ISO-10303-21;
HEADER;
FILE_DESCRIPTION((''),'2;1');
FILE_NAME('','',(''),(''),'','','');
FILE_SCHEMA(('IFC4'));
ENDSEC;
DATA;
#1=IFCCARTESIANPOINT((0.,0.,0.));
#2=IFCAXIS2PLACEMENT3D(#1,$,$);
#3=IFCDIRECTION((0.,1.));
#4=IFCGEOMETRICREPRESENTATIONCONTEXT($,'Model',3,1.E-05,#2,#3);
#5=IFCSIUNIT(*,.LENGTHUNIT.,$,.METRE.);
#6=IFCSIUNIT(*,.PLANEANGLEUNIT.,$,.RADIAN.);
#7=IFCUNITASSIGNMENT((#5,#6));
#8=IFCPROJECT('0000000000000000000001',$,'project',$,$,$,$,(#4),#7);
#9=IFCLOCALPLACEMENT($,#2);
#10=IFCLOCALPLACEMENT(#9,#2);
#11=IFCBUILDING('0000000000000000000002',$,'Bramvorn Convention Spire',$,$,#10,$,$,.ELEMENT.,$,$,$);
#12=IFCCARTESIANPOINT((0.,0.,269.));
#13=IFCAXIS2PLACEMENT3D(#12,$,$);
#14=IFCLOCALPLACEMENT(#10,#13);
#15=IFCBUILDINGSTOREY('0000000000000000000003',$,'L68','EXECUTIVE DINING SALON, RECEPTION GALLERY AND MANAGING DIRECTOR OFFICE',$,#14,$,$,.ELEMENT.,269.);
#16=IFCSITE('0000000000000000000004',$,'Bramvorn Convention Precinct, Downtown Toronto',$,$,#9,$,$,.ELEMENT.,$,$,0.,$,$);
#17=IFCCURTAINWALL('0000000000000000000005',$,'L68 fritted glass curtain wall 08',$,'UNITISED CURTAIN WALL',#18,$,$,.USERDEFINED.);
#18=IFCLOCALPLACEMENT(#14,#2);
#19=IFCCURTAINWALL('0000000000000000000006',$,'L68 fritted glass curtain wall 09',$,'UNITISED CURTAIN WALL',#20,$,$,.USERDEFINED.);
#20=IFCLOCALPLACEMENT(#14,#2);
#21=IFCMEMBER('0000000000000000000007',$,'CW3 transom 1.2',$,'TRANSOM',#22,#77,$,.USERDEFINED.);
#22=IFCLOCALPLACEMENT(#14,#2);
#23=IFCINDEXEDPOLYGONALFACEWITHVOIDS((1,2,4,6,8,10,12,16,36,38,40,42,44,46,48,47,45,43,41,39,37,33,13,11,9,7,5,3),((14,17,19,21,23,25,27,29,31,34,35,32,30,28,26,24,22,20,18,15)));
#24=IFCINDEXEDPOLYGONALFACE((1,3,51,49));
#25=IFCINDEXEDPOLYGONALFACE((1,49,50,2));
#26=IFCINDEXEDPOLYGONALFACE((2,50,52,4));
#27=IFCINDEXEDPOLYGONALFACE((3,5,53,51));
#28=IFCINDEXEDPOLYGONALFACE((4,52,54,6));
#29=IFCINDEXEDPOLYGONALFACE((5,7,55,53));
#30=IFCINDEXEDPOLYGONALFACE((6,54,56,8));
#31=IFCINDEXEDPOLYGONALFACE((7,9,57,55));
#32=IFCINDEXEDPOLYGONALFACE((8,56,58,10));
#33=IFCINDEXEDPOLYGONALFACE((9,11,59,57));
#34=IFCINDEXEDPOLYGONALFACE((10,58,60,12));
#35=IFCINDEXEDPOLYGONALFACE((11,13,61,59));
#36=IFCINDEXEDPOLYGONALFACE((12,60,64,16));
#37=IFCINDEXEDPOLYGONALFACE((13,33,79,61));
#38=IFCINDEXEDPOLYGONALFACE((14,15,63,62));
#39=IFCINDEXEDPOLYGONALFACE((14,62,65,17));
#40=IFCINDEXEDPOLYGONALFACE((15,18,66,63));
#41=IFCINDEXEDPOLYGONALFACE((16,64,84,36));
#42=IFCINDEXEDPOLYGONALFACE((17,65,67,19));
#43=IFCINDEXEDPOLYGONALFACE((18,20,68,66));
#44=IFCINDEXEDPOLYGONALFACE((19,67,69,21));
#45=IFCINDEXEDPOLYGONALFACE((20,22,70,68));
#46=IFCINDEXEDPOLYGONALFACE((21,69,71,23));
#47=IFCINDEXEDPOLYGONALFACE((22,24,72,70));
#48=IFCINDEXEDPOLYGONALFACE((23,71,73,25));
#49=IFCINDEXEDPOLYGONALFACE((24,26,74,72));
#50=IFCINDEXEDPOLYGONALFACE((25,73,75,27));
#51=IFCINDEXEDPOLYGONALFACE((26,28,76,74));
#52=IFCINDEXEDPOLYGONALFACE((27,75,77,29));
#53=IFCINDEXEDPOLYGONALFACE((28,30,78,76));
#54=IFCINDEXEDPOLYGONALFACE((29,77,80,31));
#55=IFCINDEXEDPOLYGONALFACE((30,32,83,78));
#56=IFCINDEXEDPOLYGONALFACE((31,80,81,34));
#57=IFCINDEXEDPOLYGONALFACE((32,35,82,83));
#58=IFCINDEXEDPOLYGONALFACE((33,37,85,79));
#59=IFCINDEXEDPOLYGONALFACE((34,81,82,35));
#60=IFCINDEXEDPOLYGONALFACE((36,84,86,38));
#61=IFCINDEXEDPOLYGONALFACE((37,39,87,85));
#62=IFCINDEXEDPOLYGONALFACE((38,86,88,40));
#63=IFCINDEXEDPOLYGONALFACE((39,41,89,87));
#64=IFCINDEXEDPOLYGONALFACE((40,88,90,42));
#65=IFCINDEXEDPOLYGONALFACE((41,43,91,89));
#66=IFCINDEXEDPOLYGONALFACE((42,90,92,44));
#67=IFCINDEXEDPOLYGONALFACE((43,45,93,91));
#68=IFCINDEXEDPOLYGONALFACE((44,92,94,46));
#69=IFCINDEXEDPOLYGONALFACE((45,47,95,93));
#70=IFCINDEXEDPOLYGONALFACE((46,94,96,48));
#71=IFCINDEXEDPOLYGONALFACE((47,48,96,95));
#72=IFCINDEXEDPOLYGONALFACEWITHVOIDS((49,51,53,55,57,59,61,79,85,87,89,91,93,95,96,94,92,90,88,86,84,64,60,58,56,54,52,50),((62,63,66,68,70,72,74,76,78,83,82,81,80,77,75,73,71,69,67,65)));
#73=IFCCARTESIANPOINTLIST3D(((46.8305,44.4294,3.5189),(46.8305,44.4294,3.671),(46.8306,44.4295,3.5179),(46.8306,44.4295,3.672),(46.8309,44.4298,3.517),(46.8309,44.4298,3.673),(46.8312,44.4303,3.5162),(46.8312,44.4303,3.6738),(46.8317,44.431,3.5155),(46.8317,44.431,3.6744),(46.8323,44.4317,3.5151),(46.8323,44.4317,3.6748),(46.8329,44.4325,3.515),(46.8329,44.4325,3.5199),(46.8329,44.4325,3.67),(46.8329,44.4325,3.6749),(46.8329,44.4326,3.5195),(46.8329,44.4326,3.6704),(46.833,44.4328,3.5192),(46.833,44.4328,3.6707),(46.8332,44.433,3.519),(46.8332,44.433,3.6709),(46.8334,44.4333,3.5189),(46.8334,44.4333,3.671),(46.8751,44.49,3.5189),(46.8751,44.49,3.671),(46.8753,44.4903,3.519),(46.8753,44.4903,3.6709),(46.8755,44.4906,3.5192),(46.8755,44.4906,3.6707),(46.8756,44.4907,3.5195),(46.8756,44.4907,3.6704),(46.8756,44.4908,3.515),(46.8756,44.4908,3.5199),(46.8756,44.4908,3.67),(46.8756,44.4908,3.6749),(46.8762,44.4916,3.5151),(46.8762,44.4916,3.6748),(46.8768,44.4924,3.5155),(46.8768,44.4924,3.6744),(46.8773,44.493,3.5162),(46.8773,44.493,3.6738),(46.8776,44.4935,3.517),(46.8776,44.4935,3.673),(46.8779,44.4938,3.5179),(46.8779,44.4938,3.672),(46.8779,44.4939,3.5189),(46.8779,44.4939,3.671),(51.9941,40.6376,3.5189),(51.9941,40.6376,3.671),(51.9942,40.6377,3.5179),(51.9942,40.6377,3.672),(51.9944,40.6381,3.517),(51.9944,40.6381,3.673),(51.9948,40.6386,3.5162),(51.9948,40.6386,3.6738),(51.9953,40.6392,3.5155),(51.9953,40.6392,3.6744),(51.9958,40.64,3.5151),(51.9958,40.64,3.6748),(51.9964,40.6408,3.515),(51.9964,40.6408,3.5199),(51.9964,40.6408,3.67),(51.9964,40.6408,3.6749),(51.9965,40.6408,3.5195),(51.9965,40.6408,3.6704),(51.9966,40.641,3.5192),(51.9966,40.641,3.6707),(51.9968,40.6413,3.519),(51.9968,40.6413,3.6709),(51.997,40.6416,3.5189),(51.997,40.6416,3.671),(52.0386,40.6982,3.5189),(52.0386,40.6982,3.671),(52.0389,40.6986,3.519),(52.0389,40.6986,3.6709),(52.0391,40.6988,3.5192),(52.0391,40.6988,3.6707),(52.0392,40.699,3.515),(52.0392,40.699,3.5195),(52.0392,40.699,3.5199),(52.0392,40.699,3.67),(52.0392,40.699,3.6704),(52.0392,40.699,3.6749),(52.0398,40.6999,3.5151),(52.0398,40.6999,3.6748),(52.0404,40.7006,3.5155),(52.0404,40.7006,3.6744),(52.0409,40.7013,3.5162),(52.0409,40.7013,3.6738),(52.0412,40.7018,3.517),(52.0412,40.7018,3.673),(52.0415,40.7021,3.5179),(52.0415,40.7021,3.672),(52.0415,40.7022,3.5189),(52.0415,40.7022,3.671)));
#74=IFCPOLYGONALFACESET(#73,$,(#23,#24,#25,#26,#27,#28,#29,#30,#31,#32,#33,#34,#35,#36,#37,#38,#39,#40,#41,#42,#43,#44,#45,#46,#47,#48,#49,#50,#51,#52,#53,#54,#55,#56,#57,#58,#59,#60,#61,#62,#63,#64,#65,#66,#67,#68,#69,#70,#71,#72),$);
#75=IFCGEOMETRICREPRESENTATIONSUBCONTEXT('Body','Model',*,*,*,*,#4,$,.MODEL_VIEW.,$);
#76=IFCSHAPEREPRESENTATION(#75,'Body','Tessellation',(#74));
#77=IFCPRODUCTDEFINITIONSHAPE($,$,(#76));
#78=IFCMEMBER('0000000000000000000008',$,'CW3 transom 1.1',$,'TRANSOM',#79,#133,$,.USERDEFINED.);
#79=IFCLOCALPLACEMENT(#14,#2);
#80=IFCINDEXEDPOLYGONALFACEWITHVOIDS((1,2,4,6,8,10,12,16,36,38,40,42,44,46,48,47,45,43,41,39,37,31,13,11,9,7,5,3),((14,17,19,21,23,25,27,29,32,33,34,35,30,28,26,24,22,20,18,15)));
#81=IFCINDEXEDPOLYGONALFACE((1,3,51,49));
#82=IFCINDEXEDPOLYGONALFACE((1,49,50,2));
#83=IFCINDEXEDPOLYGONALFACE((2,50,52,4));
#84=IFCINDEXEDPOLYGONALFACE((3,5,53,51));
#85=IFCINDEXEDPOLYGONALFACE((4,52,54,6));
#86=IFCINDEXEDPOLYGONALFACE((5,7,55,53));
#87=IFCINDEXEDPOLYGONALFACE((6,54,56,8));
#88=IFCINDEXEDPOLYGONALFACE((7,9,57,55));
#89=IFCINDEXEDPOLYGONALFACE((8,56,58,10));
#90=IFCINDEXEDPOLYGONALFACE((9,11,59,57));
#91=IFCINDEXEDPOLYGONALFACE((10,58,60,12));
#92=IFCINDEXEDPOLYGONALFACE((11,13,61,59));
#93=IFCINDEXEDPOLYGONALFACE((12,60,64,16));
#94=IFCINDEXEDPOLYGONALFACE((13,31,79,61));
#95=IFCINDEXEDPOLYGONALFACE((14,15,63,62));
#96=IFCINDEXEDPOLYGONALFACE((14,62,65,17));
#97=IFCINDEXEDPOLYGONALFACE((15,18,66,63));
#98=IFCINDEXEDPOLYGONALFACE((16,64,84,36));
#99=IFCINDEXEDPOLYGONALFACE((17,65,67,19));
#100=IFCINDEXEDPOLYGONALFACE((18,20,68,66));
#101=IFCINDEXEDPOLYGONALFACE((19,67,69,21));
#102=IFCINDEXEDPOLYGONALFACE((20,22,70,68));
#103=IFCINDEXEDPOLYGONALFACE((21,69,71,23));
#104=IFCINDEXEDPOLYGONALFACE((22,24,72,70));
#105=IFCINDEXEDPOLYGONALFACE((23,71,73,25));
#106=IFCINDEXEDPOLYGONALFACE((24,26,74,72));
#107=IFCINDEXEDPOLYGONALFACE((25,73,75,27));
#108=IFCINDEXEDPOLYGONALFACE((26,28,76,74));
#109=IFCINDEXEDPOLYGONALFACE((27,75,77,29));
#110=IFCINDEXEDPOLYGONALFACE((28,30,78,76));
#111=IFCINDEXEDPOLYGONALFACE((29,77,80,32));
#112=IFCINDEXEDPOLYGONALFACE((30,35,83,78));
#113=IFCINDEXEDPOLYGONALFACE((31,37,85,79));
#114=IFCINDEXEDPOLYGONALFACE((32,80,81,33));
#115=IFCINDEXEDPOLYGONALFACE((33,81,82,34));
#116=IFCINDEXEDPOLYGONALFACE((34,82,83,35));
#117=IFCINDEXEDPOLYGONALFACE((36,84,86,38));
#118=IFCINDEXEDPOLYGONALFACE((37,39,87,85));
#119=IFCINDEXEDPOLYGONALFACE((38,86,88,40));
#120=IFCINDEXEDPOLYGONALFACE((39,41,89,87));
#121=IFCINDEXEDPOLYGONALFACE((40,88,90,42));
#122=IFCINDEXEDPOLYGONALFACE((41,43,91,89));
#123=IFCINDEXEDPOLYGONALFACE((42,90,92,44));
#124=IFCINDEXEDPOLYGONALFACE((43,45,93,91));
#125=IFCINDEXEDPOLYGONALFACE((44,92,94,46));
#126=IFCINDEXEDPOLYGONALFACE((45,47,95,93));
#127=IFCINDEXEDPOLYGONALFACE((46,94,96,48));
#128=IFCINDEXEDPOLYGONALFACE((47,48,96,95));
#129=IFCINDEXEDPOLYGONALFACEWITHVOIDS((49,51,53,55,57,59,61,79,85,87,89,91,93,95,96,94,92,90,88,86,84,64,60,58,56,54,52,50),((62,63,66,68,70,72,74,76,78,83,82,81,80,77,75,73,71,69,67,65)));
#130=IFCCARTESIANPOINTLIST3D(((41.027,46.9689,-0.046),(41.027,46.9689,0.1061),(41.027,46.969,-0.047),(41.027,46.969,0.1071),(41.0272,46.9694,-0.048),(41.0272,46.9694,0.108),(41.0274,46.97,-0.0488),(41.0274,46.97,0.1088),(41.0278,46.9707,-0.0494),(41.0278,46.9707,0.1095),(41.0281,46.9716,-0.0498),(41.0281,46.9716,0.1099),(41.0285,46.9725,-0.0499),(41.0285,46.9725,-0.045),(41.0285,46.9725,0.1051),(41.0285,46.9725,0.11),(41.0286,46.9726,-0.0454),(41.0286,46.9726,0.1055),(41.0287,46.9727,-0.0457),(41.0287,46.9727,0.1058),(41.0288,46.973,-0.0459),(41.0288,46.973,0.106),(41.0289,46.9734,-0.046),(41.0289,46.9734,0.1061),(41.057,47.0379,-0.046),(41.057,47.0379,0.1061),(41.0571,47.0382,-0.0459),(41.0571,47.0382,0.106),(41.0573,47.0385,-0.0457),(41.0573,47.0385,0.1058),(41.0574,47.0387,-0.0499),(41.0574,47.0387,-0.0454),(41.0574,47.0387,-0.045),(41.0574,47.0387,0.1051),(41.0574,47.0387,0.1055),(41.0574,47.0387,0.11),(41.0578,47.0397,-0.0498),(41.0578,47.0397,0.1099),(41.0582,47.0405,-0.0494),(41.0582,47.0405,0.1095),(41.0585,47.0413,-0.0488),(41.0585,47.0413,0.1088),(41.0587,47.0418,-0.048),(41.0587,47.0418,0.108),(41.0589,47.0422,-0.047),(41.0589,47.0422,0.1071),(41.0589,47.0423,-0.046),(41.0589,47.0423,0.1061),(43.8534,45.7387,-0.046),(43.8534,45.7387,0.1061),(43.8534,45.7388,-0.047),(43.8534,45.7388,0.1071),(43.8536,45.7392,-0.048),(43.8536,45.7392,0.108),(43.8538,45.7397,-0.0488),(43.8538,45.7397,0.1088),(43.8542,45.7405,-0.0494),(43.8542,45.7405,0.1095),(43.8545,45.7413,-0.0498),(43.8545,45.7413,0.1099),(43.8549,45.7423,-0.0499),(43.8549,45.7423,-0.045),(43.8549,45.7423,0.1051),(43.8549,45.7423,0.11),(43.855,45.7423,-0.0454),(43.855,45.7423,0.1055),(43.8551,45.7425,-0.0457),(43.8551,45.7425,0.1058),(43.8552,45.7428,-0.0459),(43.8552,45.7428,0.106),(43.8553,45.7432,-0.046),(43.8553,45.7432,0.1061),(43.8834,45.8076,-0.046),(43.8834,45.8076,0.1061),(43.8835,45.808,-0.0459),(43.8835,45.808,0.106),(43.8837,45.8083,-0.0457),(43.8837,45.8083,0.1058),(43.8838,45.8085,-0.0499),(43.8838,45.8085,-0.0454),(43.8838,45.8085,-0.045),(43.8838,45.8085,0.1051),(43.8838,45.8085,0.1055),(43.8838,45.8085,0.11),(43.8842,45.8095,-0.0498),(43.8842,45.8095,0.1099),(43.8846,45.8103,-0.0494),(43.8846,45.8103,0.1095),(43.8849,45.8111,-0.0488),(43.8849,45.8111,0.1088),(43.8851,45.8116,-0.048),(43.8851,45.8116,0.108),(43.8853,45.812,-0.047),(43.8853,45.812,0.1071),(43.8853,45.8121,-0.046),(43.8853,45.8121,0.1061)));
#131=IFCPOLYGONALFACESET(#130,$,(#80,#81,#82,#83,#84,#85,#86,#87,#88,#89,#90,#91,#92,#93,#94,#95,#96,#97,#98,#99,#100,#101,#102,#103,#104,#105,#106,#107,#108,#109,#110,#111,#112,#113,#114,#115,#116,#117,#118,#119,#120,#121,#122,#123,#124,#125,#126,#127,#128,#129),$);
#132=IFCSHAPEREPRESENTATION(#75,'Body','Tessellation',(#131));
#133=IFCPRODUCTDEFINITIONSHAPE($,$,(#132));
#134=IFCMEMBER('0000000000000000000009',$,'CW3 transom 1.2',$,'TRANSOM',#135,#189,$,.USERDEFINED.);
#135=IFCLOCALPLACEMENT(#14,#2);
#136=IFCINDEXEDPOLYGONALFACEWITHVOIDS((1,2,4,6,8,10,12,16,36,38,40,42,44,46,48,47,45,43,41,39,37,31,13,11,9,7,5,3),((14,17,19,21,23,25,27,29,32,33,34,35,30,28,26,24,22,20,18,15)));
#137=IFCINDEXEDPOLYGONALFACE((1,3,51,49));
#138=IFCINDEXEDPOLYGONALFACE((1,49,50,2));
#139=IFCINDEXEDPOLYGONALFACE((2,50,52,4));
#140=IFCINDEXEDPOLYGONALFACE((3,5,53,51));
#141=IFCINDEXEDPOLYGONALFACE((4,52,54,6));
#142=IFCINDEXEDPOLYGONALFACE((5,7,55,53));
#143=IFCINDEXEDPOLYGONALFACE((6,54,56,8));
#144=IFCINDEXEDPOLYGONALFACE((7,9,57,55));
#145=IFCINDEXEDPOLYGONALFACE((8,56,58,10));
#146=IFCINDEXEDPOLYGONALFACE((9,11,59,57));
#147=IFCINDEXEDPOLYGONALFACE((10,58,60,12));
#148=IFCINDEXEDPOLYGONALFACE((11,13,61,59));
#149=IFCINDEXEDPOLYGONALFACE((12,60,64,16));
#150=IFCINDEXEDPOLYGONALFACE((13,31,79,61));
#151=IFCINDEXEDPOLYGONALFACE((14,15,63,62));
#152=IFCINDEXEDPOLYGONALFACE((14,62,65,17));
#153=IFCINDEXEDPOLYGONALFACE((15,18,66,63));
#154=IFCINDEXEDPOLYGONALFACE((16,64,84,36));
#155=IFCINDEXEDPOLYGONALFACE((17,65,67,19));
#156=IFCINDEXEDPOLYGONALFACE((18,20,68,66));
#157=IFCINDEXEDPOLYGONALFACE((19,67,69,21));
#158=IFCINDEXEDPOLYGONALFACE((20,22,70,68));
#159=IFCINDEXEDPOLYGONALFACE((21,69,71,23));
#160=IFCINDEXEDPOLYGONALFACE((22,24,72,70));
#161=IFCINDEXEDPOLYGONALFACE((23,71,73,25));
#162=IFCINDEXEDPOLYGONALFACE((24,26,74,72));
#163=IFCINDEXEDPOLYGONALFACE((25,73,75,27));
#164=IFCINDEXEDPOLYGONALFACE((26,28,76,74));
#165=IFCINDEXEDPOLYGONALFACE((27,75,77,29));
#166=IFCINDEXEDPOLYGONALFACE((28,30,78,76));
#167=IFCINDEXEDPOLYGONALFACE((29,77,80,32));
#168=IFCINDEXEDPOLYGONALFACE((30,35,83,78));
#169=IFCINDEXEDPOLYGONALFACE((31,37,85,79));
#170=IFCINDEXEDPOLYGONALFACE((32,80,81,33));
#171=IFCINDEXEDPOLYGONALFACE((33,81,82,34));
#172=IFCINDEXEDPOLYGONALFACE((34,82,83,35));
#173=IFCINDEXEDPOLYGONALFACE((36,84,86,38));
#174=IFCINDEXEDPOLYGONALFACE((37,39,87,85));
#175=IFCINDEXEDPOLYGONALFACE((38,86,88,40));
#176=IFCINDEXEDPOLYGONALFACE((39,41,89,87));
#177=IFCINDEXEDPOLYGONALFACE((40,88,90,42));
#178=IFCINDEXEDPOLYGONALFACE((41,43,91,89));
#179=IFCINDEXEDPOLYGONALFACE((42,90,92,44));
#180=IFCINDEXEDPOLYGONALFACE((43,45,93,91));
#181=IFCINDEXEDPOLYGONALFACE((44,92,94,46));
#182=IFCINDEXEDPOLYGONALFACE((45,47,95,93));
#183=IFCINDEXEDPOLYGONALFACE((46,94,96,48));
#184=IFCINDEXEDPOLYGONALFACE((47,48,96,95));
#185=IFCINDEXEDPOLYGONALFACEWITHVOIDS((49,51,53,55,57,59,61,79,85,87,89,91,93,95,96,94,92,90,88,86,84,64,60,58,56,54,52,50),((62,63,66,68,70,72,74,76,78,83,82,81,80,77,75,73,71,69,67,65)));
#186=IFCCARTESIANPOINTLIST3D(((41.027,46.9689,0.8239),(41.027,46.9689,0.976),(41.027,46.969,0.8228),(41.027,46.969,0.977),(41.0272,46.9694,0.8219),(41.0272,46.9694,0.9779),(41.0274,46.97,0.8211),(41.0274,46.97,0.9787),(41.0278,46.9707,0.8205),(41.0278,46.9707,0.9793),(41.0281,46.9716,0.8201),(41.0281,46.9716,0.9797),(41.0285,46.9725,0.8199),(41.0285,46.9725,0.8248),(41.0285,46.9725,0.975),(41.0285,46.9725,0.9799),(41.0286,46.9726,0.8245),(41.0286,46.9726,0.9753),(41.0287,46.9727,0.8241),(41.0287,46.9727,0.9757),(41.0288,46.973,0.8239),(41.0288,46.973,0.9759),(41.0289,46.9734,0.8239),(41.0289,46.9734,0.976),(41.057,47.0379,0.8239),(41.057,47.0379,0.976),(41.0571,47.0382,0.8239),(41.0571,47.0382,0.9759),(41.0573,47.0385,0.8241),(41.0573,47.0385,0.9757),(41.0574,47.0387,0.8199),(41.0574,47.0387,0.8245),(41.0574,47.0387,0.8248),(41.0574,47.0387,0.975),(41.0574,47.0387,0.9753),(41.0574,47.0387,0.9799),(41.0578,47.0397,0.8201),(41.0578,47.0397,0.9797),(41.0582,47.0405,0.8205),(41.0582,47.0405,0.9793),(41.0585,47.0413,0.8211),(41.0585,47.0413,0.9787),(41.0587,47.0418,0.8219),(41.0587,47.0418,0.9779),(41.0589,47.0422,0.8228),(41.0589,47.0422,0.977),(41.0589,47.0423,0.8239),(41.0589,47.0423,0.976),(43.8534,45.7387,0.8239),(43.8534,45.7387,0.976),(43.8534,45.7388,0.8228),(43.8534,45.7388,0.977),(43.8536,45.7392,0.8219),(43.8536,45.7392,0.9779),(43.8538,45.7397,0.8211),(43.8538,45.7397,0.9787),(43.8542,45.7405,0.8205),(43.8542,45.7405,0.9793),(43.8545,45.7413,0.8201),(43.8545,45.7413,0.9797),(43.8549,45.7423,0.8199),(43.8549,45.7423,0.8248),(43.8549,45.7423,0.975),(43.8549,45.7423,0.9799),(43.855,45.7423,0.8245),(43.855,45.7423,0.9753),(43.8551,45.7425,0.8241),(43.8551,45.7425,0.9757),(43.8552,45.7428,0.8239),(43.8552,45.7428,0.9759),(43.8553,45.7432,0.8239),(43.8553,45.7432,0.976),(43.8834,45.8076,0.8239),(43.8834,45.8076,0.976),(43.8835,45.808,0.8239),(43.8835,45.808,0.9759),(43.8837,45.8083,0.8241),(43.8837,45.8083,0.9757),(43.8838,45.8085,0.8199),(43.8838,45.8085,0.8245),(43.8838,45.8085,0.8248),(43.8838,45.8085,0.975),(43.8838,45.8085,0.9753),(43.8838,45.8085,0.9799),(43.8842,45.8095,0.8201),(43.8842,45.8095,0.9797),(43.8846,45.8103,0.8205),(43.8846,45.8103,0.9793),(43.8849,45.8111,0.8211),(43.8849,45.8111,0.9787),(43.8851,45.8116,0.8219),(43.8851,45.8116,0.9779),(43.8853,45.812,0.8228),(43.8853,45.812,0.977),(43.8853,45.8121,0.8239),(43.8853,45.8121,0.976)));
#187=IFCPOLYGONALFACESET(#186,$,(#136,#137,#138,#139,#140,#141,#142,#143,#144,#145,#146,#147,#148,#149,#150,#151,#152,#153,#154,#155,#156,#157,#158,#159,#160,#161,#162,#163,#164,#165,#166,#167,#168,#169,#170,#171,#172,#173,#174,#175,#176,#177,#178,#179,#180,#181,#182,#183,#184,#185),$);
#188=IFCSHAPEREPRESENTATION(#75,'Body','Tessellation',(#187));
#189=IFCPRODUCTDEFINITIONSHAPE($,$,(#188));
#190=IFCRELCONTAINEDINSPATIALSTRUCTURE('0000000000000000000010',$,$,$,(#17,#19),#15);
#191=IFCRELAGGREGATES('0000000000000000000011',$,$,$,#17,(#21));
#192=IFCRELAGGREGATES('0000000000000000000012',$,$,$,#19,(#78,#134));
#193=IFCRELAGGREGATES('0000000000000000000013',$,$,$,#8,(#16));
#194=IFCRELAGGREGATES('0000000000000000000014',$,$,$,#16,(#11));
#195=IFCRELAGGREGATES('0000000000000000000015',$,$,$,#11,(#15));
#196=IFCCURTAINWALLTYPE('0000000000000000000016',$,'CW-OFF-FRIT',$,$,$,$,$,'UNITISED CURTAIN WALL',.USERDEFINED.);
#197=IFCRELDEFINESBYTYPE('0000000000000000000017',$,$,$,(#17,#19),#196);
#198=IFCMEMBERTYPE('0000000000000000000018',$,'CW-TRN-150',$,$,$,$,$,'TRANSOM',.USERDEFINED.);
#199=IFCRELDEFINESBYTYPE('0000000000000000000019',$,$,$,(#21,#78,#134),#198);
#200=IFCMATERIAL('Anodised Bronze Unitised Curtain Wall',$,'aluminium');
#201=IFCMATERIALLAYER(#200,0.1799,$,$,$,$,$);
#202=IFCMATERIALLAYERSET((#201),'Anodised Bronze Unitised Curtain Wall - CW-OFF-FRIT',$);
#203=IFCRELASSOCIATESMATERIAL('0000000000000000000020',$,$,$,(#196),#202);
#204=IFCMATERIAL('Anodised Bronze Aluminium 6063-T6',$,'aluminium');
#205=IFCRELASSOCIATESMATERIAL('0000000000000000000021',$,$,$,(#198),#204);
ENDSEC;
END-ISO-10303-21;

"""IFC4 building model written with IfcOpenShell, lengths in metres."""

from ifc_helpers import new_model, si_unit, direction, frame, origin, origin_2d, place, context, subcontext, project, spatial, hollow_rectangle, extrude, material, layer, layer_set, material_profile, profile_set, type_object, element, aggregate, save


model = new_model("IFC4")

# Units and contexts
model_context = context("Model", 3, precision=1e-05, world=origin(), true_north=direction((0.0, 1.0)))
body_context = subcontext(model_context, "Body", "Model", "MODEL_VIEW")
ifc_project = project(units=[si_unit("LENGTHUNIT", "METRE"), si_unit("PLANEANGLEUNIT", "RADIAN")], contexts=[model_context])

# Site, building, storey
site_placement = place(None, origin())
site = spatial("IfcSite", under=ifc_project, at=site_placement, Name="Bramvorn Convention Precinct, Downtown Toronto", CompositionType="ELEMENT", RefElevation=0.0)
building_placement = place(site_placement, origin())
building = spatial("IfcBuilding", under=site, at=building_placement, Name="Bramvorn Convention Spire", CompositionType="ELEMENT")
storey_placement = place(building_placement, frame((0.0, 0.0, 269.0)))
storey = spatial("IfcBuildingStorey", under=building, at=storey_placement, Name="L68", Description="EXECUTIVE DINING SALON, RECEPTION GALLERY AND MANAGING DIRECTOR OFFICE", CompositionType="ELEMENT", Elevation=269.0)

# Curtain walls
ifc_material_1 = material(Name="Anodised Bronze Unitised Curtain Wall", Category="aluminium")
ifc_layer_1 = layer(ifc_material_1, 0.1799)
ifc_layer_set_1 = layer_set([ifc_layer_1], Name="Anodised Bronze Unitised Curtain Wall - CW-OFF-FRIT")
curtain_wall_type = type_object("IfcCurtainWallType", Name="CW-OFF-FRIT", ElementType="UNITISED CURTAIN WALL", PredefinedType="USERDEFINED", material=ifc_layer_set_1)
curtain_wall_1_placement = place(storey_placement, origin())
curtain_wall_1 = element("IfcCurtainWall", 1, at=curtain_wall_1_placement, inside=storey, type_object=curtain_wall_type, Name="L68 fritted glass curtain wall 08", ObjectType="UNITISED CURTAIN WALL", PredefinedType="USERDEFINED")
ifc_material_2 = material(Name="Anodised Bronze Aluminium 6063-T6", Category="aluminium")
curtain_wall_2_placement = place(storey_placement, origin())
curtain_wall_2 = element("IfcCurtainWall", 2, at=curtain_wall_2_placement, inside=storey, type_object=curtain_wall_type, Name="L68 fritted glass curtain wall 09", ObjectType="UNITISED CURTAIN WALL", PredefinedType="USERDEFINED")

# Members
ifc_material_profile_1 = material_profile(ifc_material_2, hollow_rectangle(XDim=0.0801, YDim=0.1599, WallThickness=0.0039, InnerFilletRadius=0.001, OuterFilletRadius=0.0039, at=origin_2d()))
ifc_profile_set_1 = profile_set([ifc_material_profile_1], Name="Anodised Bronze Aluminium 6063-T6 - CWT80X160")
member_type_1 = type_object("IfcMemberType", Name="CW-TRN-150", ElementType="TRANSOM", PredefinedType="USERDEFINED", material=ifc_profile_set_1)
member_1_placement = place(storey_placement, frame((46.8542, 44.4617, 3.595), z_axis=(0.806023, -0.591884, 0.0), x_axis=(0.591884, 0.806023, 0.0)))
member_1 = element("IfcMember", 3, at=member_1_placement, type_object=member_type_1, Name="CW3 transom 1.2", ObjectType="TRANSOM", PredefinedType="USERDEFINED", context=body_context, shape_type="SweptSolid", body=[
    extrude(hollow_rectangle(XDim=0.0801, YDim=0.1599, WallThickness=0.0039, InnerFilletRadius=0.001, OuterFilletRadius=0.0039, at=origin_2d()), origin(), (0.0, 0.0, 1.0), 6.4062),
])
member_2_placement = place(storey_placement, frame((41.043, 47.0056, 0.03), z_axis=(0.91691, -0.399094, 0.0), x_axis=(0.399094, 0.91691, 0.0)))
member_2 = element("IfcMember", 4, at=member_2_placement, type_object=member_type_1, Name="CW3 transom 1.1", ObjectType="TRANSOM", PredefinedType="USERDEFINED", context=body_context, shape_type="SweptSolid", body=[
    extrude(hollow_rectangle(XDim=0.0801, YDim=0.1599, WallThickness=0.0039, InnerFilletRadius=0.001, OuterFilletRadius=0.0039, at=origin_2d()), origin(), (0.0, 0.0, 1.0), 3.0825),
])
member_3_placement = place(storey_placement, frame((41.043, 47.0056, 0.8999), z_axis=(0.91691, -0.399094, 0.0), x_axis=(0.399094, 0.91691, 0.0)))
member_3 = element("IfcMember", 5, at=member_3_placement, type_object=member_type_1, Name="CW3 transom 1.2", ObjectType="TRANSOM", PredefinedType="USERDEFINED", context=body_context, shape_type="SweptSolid", body=[
    extrude(hollow_rectangle(XDim=0.0801, YDim=0.1599, WallThickness=0.0039, InnerFilletRadius=0.001, OuterFilletRadius=0.0039, at=origin_2d()), origin(), (0.0, 0.0, 1.0), 3.0825),
])

aggregate(curtain_wall_1, [member_1])
aggregate(curtain_wall_2, [member_2, member_3])

save(model, "model.ifc")
